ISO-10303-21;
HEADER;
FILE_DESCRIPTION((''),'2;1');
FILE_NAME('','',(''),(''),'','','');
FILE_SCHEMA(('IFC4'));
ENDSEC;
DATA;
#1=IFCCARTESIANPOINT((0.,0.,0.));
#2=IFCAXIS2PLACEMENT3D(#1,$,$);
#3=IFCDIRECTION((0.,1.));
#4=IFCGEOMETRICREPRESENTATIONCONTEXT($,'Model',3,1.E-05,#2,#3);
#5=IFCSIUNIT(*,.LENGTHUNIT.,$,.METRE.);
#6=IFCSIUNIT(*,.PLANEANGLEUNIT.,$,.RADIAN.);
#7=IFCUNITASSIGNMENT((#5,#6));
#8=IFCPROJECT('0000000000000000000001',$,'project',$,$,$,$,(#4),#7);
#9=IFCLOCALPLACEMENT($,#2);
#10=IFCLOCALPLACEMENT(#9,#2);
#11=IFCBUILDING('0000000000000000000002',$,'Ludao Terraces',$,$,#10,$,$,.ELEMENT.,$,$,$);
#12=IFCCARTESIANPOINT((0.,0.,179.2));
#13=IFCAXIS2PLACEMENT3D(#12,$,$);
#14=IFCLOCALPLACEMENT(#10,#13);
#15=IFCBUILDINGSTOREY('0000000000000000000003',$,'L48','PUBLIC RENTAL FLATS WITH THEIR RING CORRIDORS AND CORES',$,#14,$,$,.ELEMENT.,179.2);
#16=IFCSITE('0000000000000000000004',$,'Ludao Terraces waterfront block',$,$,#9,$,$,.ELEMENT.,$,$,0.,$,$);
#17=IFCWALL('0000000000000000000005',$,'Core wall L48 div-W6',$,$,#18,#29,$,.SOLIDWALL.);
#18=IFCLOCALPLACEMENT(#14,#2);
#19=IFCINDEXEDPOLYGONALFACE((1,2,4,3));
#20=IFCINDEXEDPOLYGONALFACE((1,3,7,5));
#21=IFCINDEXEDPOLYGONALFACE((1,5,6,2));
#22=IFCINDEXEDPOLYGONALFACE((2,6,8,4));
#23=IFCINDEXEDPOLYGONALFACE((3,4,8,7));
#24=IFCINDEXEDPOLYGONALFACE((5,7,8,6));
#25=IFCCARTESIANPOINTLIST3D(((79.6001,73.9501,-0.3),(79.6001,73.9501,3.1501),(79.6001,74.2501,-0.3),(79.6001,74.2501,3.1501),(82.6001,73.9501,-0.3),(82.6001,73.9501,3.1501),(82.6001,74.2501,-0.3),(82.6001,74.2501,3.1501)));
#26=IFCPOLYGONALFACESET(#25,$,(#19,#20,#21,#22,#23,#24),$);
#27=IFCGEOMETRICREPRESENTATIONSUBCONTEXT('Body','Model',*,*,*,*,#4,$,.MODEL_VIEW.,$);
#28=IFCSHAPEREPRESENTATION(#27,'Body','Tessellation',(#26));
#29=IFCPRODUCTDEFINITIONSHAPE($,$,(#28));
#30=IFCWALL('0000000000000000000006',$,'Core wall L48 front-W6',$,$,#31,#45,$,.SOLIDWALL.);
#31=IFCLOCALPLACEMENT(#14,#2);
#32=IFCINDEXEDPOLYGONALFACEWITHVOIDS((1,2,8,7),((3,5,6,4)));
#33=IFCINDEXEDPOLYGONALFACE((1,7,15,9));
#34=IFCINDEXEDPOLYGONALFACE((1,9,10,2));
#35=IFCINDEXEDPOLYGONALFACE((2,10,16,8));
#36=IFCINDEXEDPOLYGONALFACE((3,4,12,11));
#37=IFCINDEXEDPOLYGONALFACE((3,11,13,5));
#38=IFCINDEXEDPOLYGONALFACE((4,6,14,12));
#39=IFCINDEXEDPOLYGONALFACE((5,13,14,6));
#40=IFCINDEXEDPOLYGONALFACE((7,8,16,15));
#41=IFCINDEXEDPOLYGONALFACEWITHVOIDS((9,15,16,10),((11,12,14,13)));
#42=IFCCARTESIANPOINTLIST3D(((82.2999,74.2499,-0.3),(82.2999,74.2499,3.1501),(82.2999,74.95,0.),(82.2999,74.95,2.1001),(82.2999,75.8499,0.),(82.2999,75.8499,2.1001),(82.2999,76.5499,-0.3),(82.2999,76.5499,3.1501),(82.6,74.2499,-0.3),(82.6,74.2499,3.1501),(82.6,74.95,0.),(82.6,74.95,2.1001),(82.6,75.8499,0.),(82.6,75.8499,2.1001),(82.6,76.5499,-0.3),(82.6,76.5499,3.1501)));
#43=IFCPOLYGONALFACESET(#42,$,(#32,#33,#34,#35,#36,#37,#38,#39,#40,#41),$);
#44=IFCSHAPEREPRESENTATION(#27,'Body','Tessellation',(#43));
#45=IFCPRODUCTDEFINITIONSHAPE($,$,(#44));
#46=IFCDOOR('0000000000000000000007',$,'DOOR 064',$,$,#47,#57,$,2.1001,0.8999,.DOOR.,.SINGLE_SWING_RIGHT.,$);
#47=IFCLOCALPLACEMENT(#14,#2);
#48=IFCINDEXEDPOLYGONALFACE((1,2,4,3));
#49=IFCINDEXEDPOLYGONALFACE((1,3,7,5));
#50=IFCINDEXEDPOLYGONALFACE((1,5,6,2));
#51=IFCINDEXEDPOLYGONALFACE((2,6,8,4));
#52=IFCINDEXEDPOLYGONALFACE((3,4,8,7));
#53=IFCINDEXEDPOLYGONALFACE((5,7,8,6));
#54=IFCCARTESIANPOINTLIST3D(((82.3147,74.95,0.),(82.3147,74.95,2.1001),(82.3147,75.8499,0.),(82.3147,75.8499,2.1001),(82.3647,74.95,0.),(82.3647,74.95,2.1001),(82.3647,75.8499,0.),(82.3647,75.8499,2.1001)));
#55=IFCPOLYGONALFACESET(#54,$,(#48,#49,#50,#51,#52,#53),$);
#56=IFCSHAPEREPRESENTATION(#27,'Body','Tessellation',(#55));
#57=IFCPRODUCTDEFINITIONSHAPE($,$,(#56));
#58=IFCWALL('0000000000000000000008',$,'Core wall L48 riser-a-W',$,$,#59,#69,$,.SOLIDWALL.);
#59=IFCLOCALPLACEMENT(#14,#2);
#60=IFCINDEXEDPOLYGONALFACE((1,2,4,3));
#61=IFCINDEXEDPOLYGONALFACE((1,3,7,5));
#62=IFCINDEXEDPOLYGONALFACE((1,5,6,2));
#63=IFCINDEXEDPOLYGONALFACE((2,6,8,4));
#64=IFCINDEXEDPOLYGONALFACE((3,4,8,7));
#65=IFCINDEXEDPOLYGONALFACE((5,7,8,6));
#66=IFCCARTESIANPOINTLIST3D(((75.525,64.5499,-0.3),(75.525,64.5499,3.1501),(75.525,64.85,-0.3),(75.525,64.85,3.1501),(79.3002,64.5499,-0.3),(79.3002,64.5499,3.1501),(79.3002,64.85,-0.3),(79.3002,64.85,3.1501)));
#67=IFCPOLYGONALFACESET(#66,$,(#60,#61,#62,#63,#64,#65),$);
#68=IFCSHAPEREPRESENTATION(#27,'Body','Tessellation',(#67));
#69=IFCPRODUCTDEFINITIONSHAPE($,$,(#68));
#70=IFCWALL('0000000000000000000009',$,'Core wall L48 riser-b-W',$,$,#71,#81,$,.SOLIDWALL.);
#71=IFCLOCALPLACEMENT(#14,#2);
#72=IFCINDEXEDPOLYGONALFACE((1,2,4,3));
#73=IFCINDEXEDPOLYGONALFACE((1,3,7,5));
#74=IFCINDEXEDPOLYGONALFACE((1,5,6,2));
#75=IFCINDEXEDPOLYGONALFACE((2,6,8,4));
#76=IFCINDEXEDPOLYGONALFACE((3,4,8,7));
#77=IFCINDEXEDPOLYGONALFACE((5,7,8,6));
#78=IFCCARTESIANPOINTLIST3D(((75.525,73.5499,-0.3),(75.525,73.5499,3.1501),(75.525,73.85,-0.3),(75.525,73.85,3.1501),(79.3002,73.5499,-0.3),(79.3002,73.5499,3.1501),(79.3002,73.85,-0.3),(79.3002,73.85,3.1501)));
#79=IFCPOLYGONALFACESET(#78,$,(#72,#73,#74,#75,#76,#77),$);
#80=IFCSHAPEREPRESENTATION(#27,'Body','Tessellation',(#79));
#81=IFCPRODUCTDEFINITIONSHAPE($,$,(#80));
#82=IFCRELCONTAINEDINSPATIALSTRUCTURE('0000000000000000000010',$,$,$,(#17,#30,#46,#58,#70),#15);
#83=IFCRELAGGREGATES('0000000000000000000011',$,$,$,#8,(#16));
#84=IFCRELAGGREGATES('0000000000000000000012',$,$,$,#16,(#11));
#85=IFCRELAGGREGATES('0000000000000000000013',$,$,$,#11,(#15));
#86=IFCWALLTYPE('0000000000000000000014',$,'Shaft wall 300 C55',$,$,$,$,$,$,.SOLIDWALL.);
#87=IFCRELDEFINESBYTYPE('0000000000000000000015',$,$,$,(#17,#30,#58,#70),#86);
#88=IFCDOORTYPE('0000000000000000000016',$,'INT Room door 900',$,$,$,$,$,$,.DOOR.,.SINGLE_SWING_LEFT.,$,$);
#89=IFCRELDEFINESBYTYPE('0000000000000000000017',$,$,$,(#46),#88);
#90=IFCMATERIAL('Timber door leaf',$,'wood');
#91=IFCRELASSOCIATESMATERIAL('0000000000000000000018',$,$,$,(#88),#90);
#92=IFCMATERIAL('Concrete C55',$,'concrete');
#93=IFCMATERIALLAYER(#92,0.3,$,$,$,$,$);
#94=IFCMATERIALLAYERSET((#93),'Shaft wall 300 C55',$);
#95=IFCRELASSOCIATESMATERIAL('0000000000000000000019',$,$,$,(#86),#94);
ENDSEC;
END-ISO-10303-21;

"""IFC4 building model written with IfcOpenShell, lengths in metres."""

from ifc_helpers import new_model, si_unit, direction, frame, frame_2d, origin, place, context, subcontext, project, spatial, rectangle, extrude, material, layer, layer_set, type_object, element, fill, save


model = new_model("IFC4")

# Units and contexts
model_context = context("Model", 3, precision=1e-05, world=origin(), true_north=direction((0.0, 1.0)))
body_context = subcontext(model_context, "Body", "Model", "MODEL_VIEW")
ifc_project = project(units=[si_unit("LENGTHUNIT", "METRE"), si_unit("PLANEANGLEUNIT", "RADIAN")], contexts=[model_context])

# Site, building, storey
site_placement = place(None, origin())
site = spatial("IfcSite", under=ifc_project, at=site_placement, Name="Ludao Terraces waterfront block", CompositionType="ELEMENT", RefElevation=0.0)
building_placement = place(site_placement, origin())
building = spatial("IfcBuilding", under=site, at=building_placement, Name="Ludao Terraces", CompositionType="ELEMENT")
storey_placement = place(building_placement, frame((0.0, 0.0, 179.2)))
storey = spatial("IfcBuildingStorey", under=building, at=storey_placement, Name="L48", Description="PUBLIC RENTAL FLATS WITH THEIR RING CORRIDORS AND CORES", CompositionType="ELEMENT", Elevation=179.2)

# Shared definitions
ifc_material_1 = material(Name="Timber door leaf", Category="wood")
door_type_1 = type_object("IfcDoorType", Name="INT Room door 900", OperationType="SINGLE_SWING_LEFT", PredefinedType="DOOR", material=ifc_material_1)

# Shared definitions
ifc_material_2 = material(Name="Concrete C55", Category="concrete")
ifc_layer_1 = layer(ifc_material_2, 0.3)
ifc_layer_set_1 = layer_set([ifc_layer_1], Name="Shaft wall 300 C55")
wall_type_1 = type_object("IfcWallType", Name="Shaft wall 300 C55", PredefinedType="SOLIDWALL", material=ifc_layer_set_1)

# Wall
wall_1_placement = place(storey_placement, frame((79.6001, 74.1001, -0.3), z_axis=(0.0, 0.0, 1.0), x_axis=(1.0, 0.0, 0.0)))
element("IfcWall", 1, at=wall_1_placement, inside=storey, type_object=wall_type_1, Name="Core wall L48 div-W6", PredefinedType="SOLIDWALL", context=body_context, shape_type="SweptSolid", body=[
    extrude(rectangle(XDim=3.0, YDim=0.3, at=frame_2d((1.5, 0.0))), origin(), (0.0, 0.0, 1.0), 3.4502),
])

# Wall, opening, door
wall_2_placement = place(storey_placement, frame((82.45, 74.25, -0.3), z_axis=(0.0, 0.0, 1.0), x_axis=(0.0, 1.0, 0.0)))
wall_2 = element("IfcWall", 2, at=wall_2_placement, inside=storey, type_object=wall_type_1, Name="Core wall L48 front-W6", PredefinedType="SOLIDWALL", context=body_context, shape_type="SweptSolid", body=[
    extrude(rectangle(XDim=2.3, YDim=0.3, at=frame_2d((1.1499, 0.0))), origin(), (0.0, 0.0, 1.0), 3.4502),
])
opening_1_placement = place(wall_2_placement, frame((0.7, 0.0, 0.3)))
opening_1 = element("IfcOpeningElement", 3, at=opening_1_placement, cuts=wall_2, PredefinedType="OPENING", context=body_context, shape_type="SweptSolid", body=[
    extrude(rectangle(XDim=0.8999, YDim=2.1001, at=frame_2d((0.45, 1.05))), frame((0.0, 0.1602, 0.0), z_axis=(0.0, -1.0, 0.0), x_axis=(1.0, 0.0, 0.0)), (0.0, 0.0, 1.0), 0.3201),
])
door_1_placement = place(opening_1_placement, origin())
door_1 = element("IfcDoor", 4, at=door_1_placement, inside=storey, type_object=door_type_1, Name="DOOR 064", OperationType="SINGLE_SWING_RIGHT", OverallHeight=2.1001, OverallWidth=0.8999, PredefinedType="DOOR", context=body_context, shape_type="SweptSolid", body=[
    extrude(rectangle(XDim=0.8999, YDim=2.1001, at=frame_2d((0.45, 1.05))), frame((0.0, 0.1353, 0.0), z_axis=(0.0, -1.0, 0.0), x_axis=(1.0, 0.0, 0.0)), (0.0, 0.0, 1.0), 0.05),
])
fill(opening_1, door_1)

# Walls
for number, where, z_axis, x_axis, name in (
    (5, (75.5249, 64.7, -0.3), (0.0, 0.0, 1.0), (1.0, 0.0, 0.0), "Core wall L48 riser-a-W"),
    (6, (75.5249, 73.7, -0.3), (0.0, 0.0, 1.0), (1.0, 0.0, 0.0), "Core wall L48 riser-b-W"),
):
    element("IfcWall", number, at=place(storey_placement, frame(where, z_axis=z_axis, x_axis=x_axis)), inside=storey, type_object=wall_type_1, Name=name, PredefinedType="SOLIDWALL", context=body_context, shape_type="SweptSolid", body=[
        extrude(rectangle(XDim=3.7751, YDim=0.3, at=frame_2d((1.8877, 0.0))), origin(), (0.0, 0.0, 1.0), 3.4502),
    ])

save(model, "model.ifc")
